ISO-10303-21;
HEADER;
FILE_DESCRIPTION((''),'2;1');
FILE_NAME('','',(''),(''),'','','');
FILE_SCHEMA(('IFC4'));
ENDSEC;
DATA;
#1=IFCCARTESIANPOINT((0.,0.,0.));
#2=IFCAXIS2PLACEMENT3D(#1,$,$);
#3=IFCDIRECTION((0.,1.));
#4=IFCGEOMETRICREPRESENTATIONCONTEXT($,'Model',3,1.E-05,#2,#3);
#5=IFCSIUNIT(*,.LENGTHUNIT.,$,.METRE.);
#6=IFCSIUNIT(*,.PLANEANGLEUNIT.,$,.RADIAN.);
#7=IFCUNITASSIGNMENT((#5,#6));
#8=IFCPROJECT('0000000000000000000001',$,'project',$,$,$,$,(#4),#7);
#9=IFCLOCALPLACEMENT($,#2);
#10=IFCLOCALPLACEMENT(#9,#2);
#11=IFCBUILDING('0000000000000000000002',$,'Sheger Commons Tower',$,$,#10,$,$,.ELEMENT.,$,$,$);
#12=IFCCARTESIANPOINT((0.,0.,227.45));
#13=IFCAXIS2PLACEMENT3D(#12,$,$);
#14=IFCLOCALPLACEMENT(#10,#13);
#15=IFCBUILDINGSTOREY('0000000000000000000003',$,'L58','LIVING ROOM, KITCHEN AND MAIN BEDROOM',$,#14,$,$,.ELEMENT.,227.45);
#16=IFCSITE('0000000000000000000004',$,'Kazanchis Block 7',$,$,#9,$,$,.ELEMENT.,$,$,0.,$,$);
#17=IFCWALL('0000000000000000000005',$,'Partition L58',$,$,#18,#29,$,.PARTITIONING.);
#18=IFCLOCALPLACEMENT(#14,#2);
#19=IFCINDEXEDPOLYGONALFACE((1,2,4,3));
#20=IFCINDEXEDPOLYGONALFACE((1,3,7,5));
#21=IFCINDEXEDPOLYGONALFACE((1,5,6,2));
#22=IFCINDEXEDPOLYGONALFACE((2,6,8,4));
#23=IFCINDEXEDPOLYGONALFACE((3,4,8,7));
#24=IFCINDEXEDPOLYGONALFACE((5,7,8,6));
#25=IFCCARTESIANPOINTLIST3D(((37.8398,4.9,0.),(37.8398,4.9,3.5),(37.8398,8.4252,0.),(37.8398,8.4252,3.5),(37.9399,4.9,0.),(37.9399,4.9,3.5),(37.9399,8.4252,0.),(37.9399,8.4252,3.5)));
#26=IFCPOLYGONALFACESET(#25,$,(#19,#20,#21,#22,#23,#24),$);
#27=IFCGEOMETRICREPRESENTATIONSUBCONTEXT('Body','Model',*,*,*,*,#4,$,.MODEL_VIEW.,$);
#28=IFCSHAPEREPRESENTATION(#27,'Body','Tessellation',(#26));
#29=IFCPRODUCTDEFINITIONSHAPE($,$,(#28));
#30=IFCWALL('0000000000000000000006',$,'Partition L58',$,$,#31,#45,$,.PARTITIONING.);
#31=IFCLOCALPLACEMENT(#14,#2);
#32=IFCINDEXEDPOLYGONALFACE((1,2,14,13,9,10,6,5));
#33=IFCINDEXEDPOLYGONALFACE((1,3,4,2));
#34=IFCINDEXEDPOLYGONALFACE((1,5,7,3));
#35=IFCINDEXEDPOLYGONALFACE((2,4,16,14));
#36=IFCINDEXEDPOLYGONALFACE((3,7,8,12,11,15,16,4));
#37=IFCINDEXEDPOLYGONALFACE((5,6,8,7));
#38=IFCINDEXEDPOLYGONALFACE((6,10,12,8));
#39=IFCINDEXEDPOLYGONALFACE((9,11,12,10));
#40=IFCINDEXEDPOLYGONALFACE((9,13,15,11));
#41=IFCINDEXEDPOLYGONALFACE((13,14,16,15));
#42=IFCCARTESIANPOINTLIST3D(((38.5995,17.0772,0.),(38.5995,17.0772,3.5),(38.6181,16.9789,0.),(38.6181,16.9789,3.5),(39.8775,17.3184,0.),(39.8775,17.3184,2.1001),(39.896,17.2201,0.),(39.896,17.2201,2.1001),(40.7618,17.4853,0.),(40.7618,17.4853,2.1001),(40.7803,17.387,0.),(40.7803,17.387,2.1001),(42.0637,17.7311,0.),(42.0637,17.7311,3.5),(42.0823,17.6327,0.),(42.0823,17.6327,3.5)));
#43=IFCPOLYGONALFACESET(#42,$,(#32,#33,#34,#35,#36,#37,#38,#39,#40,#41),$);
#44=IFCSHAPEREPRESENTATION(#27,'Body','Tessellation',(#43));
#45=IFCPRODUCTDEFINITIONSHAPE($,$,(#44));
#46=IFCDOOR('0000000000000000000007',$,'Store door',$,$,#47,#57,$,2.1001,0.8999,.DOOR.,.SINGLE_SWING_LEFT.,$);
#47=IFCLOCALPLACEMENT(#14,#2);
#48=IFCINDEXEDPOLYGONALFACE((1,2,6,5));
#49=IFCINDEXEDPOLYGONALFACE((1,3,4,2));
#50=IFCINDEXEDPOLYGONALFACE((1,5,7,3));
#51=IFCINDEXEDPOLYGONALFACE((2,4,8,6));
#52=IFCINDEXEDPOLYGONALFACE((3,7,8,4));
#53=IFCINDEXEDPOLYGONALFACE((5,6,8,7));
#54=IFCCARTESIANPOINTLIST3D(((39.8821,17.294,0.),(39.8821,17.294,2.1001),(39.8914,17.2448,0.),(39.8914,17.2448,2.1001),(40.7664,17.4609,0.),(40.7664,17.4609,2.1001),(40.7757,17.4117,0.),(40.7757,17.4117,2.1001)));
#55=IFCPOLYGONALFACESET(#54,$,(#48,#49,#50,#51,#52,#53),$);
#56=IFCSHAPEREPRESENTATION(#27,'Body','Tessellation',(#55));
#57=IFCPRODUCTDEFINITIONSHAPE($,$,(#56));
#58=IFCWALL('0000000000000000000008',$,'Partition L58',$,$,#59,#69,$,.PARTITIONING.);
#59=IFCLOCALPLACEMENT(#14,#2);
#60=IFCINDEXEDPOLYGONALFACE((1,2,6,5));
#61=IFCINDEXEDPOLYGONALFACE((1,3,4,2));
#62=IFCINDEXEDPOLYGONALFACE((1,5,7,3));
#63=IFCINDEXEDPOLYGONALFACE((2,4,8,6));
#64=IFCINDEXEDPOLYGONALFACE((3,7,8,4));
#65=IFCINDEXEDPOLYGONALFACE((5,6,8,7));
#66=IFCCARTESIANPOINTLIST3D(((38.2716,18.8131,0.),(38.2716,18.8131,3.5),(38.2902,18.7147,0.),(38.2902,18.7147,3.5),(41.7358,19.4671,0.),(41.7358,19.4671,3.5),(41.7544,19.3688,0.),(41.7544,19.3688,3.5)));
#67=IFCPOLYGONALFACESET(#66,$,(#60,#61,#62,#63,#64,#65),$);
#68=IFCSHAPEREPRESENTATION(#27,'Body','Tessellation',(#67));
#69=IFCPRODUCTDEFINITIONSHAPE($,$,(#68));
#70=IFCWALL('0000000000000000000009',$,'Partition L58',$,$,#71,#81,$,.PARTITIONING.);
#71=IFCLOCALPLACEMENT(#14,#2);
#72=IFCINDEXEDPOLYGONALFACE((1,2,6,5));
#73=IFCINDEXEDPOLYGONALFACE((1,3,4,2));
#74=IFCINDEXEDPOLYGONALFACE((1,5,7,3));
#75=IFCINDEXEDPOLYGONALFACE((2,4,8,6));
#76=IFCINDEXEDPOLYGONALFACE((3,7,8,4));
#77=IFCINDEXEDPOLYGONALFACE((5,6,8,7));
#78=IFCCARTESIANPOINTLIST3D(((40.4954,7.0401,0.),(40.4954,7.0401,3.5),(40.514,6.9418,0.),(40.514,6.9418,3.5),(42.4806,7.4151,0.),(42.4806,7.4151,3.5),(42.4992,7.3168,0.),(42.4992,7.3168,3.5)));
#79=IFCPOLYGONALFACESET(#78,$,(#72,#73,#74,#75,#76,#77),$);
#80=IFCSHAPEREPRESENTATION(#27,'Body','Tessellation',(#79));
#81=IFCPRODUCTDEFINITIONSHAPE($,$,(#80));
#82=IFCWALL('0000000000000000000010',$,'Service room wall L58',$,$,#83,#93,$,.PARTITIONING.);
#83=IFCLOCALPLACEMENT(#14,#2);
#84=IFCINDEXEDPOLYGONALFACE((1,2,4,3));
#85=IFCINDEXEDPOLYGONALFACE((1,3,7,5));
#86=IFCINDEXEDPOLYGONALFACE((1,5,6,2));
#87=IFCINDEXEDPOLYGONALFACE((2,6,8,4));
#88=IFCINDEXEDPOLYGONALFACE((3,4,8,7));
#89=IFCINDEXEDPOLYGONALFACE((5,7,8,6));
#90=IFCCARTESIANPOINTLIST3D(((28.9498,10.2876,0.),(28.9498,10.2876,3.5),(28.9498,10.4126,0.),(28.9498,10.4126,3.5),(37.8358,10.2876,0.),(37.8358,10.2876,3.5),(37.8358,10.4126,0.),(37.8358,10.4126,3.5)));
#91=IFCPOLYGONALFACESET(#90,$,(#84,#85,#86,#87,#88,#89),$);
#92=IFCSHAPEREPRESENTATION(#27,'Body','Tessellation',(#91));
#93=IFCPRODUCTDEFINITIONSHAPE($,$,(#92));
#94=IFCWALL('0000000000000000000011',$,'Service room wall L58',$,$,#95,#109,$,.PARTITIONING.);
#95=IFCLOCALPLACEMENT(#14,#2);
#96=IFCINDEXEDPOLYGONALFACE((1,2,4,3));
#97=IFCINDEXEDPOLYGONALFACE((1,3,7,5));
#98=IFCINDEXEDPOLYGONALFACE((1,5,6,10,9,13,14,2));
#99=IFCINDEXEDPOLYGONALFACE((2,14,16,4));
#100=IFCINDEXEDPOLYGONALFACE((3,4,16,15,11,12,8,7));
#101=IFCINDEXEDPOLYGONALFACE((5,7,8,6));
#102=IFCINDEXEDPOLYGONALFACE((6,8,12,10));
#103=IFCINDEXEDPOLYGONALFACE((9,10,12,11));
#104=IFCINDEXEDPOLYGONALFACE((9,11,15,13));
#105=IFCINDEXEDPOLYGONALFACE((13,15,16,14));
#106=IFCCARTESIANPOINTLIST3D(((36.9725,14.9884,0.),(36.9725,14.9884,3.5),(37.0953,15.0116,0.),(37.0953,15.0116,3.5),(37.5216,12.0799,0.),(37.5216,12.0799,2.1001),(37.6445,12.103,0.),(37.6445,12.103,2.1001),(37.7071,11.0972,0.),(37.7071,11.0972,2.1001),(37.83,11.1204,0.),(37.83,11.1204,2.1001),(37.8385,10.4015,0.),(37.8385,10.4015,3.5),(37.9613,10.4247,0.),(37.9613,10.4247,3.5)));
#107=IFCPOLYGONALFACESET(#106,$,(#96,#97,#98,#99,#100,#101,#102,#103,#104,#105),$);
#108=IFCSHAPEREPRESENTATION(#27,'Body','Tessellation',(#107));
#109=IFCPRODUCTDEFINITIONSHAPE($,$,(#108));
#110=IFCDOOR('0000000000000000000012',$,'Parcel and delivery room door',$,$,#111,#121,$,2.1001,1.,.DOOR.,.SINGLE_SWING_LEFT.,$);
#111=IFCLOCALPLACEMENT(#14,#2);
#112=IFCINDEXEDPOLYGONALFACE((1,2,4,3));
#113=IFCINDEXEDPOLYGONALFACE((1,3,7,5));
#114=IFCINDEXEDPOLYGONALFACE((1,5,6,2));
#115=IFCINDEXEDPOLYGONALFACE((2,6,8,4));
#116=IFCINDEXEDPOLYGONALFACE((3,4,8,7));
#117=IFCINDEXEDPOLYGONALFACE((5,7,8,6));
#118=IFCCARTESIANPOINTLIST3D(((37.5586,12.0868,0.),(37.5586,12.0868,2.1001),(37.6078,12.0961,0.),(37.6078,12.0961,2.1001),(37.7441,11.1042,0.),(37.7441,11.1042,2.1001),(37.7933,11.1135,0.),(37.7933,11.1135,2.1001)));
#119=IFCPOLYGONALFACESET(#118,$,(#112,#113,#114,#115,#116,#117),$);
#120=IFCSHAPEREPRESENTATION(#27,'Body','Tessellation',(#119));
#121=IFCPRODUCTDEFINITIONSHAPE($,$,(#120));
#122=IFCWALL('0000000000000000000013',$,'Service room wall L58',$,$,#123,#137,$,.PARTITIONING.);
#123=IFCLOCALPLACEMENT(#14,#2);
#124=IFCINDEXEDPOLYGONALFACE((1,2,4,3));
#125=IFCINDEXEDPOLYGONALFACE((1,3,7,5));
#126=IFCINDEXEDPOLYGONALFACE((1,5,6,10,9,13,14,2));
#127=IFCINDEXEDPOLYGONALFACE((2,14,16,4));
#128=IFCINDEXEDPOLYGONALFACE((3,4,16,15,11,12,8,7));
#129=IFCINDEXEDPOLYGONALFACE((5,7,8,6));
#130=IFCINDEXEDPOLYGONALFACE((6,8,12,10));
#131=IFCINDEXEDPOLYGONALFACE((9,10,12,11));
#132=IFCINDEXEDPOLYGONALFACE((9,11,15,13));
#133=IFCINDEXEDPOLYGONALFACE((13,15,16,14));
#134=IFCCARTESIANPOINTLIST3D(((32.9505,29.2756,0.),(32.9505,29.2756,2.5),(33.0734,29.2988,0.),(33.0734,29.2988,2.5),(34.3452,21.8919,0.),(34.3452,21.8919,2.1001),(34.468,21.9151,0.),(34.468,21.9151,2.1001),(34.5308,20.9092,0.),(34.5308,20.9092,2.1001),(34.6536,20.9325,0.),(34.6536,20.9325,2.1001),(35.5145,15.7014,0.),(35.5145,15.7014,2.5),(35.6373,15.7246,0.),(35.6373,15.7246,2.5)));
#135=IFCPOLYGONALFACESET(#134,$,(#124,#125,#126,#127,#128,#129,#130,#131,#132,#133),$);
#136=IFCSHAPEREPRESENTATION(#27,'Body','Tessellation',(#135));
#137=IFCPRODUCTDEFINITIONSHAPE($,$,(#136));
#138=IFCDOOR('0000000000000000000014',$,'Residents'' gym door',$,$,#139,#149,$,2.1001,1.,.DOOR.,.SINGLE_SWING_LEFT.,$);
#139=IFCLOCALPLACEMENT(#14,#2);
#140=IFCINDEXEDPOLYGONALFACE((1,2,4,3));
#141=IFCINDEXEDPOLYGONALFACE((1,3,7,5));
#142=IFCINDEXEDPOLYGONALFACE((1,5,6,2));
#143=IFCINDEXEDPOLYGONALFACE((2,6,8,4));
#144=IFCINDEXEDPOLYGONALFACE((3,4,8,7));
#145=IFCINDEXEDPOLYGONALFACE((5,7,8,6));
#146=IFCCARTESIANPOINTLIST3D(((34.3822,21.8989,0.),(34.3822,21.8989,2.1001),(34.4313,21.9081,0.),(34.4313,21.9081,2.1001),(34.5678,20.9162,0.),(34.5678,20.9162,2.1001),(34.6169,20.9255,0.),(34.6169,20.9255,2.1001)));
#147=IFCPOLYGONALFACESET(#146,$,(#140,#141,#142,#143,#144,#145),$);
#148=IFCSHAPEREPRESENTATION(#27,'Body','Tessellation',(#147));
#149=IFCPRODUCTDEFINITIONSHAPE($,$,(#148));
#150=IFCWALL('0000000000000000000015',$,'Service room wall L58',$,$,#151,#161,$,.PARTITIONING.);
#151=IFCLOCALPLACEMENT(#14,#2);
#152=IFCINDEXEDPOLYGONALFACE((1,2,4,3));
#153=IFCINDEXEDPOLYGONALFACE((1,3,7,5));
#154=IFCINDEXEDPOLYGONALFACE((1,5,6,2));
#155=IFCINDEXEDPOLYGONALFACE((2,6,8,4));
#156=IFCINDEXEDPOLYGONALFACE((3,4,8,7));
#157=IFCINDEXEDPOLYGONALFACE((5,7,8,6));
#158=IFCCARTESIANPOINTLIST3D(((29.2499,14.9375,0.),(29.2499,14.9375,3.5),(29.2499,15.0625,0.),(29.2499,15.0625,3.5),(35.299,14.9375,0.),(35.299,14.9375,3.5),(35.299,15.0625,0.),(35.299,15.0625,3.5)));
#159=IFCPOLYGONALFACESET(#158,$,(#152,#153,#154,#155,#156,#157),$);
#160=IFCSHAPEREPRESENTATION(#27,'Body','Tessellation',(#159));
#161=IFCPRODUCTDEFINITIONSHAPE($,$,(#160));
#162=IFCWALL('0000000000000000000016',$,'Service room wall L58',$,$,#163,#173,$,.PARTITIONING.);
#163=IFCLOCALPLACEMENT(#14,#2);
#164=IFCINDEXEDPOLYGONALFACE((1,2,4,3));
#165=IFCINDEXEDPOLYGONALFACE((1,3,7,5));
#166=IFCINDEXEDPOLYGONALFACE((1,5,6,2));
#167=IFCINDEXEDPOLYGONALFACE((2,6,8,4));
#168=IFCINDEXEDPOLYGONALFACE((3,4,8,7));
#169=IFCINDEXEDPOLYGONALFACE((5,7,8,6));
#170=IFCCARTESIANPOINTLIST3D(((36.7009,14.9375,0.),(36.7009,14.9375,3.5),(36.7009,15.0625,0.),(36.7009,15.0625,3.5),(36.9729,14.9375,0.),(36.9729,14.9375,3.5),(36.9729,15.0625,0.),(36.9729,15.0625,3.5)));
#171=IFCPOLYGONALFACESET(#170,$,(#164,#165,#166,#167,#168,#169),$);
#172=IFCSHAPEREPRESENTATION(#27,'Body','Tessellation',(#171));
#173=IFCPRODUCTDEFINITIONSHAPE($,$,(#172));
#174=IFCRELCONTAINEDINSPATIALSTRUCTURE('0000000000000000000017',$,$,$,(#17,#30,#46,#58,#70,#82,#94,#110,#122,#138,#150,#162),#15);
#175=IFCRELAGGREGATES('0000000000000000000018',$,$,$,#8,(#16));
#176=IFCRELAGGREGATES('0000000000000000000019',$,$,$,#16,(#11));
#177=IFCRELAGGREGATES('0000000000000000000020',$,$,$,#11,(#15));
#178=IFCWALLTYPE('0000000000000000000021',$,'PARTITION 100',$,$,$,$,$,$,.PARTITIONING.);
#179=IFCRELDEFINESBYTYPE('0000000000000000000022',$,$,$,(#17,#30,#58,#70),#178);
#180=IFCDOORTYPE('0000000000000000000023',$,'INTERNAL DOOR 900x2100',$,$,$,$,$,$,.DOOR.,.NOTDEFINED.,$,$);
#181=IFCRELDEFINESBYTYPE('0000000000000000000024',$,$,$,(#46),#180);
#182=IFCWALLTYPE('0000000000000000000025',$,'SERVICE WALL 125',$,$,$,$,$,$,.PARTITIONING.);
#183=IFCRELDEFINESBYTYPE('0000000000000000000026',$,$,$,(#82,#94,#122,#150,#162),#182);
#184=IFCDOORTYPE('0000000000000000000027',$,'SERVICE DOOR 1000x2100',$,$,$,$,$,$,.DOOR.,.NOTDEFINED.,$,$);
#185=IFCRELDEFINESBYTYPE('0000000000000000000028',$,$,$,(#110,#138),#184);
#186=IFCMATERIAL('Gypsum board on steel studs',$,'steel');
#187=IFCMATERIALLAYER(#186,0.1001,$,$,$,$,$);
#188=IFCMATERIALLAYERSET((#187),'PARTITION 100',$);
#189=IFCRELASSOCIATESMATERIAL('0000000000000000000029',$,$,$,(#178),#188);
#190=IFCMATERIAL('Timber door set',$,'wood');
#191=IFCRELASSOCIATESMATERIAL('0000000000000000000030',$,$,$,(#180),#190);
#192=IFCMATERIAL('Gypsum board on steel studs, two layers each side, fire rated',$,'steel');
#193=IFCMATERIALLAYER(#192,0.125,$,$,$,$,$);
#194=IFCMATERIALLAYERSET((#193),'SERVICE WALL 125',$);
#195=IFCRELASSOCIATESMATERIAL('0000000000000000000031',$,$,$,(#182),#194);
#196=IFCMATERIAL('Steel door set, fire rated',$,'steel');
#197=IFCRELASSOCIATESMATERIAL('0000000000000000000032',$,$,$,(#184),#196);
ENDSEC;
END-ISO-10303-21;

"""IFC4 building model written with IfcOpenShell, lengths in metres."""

from ifc_helpers import new_model, si_unit, direction, frame, frame_2d, origin, place, context, subcontext, project, spatial, rectangle, extrude, material, layer, layer_set, type_object, element, fill, save


model = new_model("IFC4")

# Units and contexts
model_context = context("Model", 3, precision=1e-05, world=origin(), true_north=direction((0.0, 1.0)))
body_context = subcontext(model_context, "Body", "Model", "MODEL_VIEW")
ifc_project = project(units=[si_unit("LENGTHUNIT", "METRE"), si_unit("PLANEANGLEUNIT", "RADIAN")], contexts=[model_context])

# Site, building, storey
site_placement = place(None, origin())
site = spatial("IfcSite", under=ifc_project, at=site_placement, Name="Kazanchis Block 7", CompositionType="ELEMENT", RefElevation=0.0)
building_placement = place(site_placement, origin())
building = spatial("IfcBuilding", under=site, at=building_placement, Name="Sheger Commons Tower", CompositionType="ELEMENT")
storey_placement = place(building_placement, frame((0.0, 0.0, 227.45)))
storey = spatial("IfcBuildingStorey", under=building, at=storey_placement, Name="L58", Description="LIVING ROOM, KITCHEN AND MAIN BEDROOM", CompositionType="ELEMENT", Elevation=227.45)

# Wall
ifc_material_1 = material(Name="Gypsum board on steel studs", Category="steel")
ifc_layer_1 = layer(ifc_material_1, 0.1001)
ifc_layer_set_1 = layer_set([ifc_layer_1], Name="PARTITION 100")
wall_type_1 = type_object("IfcWallType", Name="PARTITION 100", PredefinedType="PARTITIONING", material=ifc_layer_set_1)
for number, where, z_axis, x_axis, name in (
    (1, (37.8899, 4.8999, 0.0), (0.0, 0.0, 1.0), (0.0, 1.0, 0.0), "Partition L58"),
):
    element("IfcWall", number, at=place(storey_placement, frame(where, z_axis=z_axis, x_axis=x_axis)), inside=storey, type_object=wall_type_1, Name=name, PredefinedType="PARTITIONING", context=body_context, shape_type="SweptSolid", body=[
        extrude(rectangle(XDim=3.5251, YDim=0.1001, at=frame_2d((1.7627, 0.0))), origin(), (0.0, 0.0, 1.0), 3.5),
    ])

# Wall, opening, door
wall_1_placement = place(storey_placement, frame((42.073, 17.6819, 0.0), z_axis=(0.0, 0.0, 1.0), x_axis=(-0.982651, -0.185463, 0.0)))
wall_1 = element("IfcWall", 2, at=wall_1_placement, inside=storey, type_object=wall_type_1, Name="Partition L58", PredefinedType="PARTITIONING", context=body_context, shape_type="SweptSolid", body=[
    extrude(rectangle(XDim=3.5254, YDim=0.1001, at=frame_2d((1.7627, 0.0))), origin(), (0.0, 0.0, 1.0), 3.5),
])
opening_1_placement = place(wall_1_placement, frame((1.325, 0.0, 0.0)))
opening_1 = element("IfcOpeningElement", 3, at=opening_1_placement, cuts=wall_1, PredefinedType="OPENING", context=body_context, shape_type="SweptSolid", body=[
    extrude(rectangle(XDim=0.8999, YDim=2.1001, at=frame_2d((0.45, 1.05))), frame((0.0, 0.0601, 0.0), z_axis=(0.0, -1.0, 0.0), x_axis=(1.0, 0.0, 0.0)), (0.0, 0.0, 1.0), 0.1201),
])
ifc_material_2 = material(Name="Timber door set", Category="wood")
door_type_1 = type_object("IfcDoorType", Name="INTERNAL DOOR 900x2100", OperationType="NOTDEFINED", PredefinedType="DOOR", material=ifc_material_2)
door_1_placement = place(opening_1_placement, origin())
door_1 = element("IfcDoor", 4, at=door_1_placement, inside=storey, type_object=door_type_1, Name="Store door", OperationType="SINGLE_SWING_LEFT", OverallHeight=2.1001, OverallWidth=0.8999, PredefinedType="DOOR", context=body_context, shape_type="SweptSolid", body=[
    extrude(rectangle(XDim=0.8999, YDim=2.1001, at=frame_2d((0.45, 1.05))), frame((0.0, 0.0249, 0.0), z_axis=(0.0, -1.0, 0.0), x_axis=(1.0, 0.0, 0.0)), (0.0, 0.0, 1.0), 0.05),
])
fill(opening_1, door_1)

# Walls
wall_2_placement = place(storey_placement, frame((41.7451, 19.418, 0.0), z_axis=(0.0, 0.0, 1.0), x_axis=(-0.982639, -0.18553, 0.0)))
element("IfcWall", 5, at=wall_2_placement, inside=storey, type_object=wall_type_1, Name="Partition L58", PredefinedType="PARTITIONING", context=body_context, shape_type="SweptSolid", body=[
    extrude(rectangle(XDim=3.5254, YDim=0.1001, at=frame_2d((1.7627, 0.0))), origin(), (0.0, 0.0, 1.0), 3.5),
])
wall_3_placement = place(storey_placement, frame((42.49, 7.366, 0.0), z_axis=(0.0, 0.0, 1.0), x_axis=(-0.982621, -0.185624, 0.0)))
element("IfcWall", 6, at=wall_3_placement, inside=storey, type_object=wall_type_1, Name="Partition L58", PredefinedType="PARTITIONING", context=body_context, shape_type="SweptSolid", body=[
    extrude(rectangle(XDim=2.0203, YDim=0.1001, at=frame_2d((1.0103, 0.0))), origin(), (0.0, 0.0, 1.0), 3.5),
])
ifc_material_3 = material(Name="Gypsum board on steel studs, two layers each side, fire rated", Category="steel")
ifc_layer_2 = layer(ifc_material_3, 0.125)
ifc_layer_set_2 = layer_set([ifc_layer_2], Name="SERVICE WALL 125")
wall_type_2 = type_object("IfcWallType", Name="SERVICE WALL 125", PredefinedType="PARTITIONING", material=ifc_layer_set_2)
wall_4_placement = place(storey_placement, frame((28.95, 10.3501, 0.0), z_axis=(0.0, 0.0, 1.0), x_axis=(1.0, 0.0, 0.0)))
element("IfcWall", 7, at=wall_4_placement, inside=storey, type_object=wall_type_2, Name="Service room wall L58", PredefinedType="PARTITIONING", context=body_context, shape_type="SweptSolid", body=[
    extrude(rectangle(XDim=8.886, YDim=0.125, at=frame_2d((4.4429, 0.0))), origin(), (0.0, 0.0, 1.0), 3.5),
])

# Walls, openings, doors
wall_5_placement = place(storey_placement, frame((37.8999, 10.4131, 0.0), z_axis=(0.0, 0.0, 1.0), x_axis=(-0.185514, 0.982642, 0.0)))
wall_5 = element("IfcWall", 8, at=wall_5_placement, inside=storey, type_object=wall_type_2, Name="Service room wall L58", PredefinedType="PARTITIONING", context=body_context, shape_type="SweptSolid", body=[
    extrude(rectangle(XDim=4.668, YDim=0.125, at=frame_2d((2.334, 0.0))), origin(), (0.0, 0.0, 1.0), 3.5),
])
opening_2_placement = place(wall_5_placement, frame((0.708, 0.0, 0.0)))
opening_2 = element("IfcOpeningElement", 9, at=opening_2_placement, cuts=wall_5, PredefinedType="OPENING", context=body_context, shape_type="SweptSolid", body=[
    extrude(rectangle(XDim=1.0, YDim=2.1001, at=frame_2d((0.5, 1.05))), frame((0.0, 0.0725, 0.0), z_axis=(0.0, -1.0, 0.0), x_axis=(1.0, 0.0, 0.0)), (0.0, 0.0, 1.0), 0.145),
])
ifc_material_4 = material(Name="Steel door set, fire rated", Category="steel")
door_type_2 = type_object("IfcDoorType", Name="SERVICE DOOR 1000x2100", OperationType="NOTDEFINED", PredefinedType="DOOR", material=ifc_material_4)
door_2_placement = place(opening_2_placement, origin())
door_2 = element("IfcDoor", 10, at=door_2_placement, inside=storey, type_object=door_type_2, Name="Parcel and delivery room door", OperationType="SINGLE_SWING_LEFT", OverallHeight=2.1001, OverallWidth=1.0, PredefinedType="DOOR", context=body_context, shape_type="SweptSolid", body=[
    extrude(rectangle(XDim=1.0, YDim=2.1001, at=frame_2d((0.5, 1.05))), frame((0.0, 0.0249, 0.0), z_axis=(0.0, -1.0, 0.0), x_axis=(1.0, 0.0, 0.0)), (0.0, 0.0, 1.0), 0.05),
])
fill(opening_2, door_2)
wall_6_placement = place(storey_placement, frame((35.5759, 15.7129, 0.0), z_axis=(0.0, 0.0, 1.0), x_axis=(-0.185603, 0.982625, 0.0)))
wall_6 = element("IfcWall", 11, at=wall_6_placement, inside=storey, type_object=wall_type_2, Name="Service room wall L58", PredefinedType="PARTITIONING", context=body_context, shape_type="SweptSolid", body=[
    extrude(rectangle(XDim=13.8142, YDim=0.125, at=frame_2d((6.9072, 0.0))), origin(), (0.0, 0.0, 1.0), 2.5),
])
opening_3_placement = place(wall_6_placement, frame((5.3, 0.0, 0.0)))
opening_3 = element("IfcOpeningElement", 12, at=opening_3_placement, cuts=wall_6, PredefinedType="OPENING", context=body_context, shape_type="SweptSolid", body=[
    extrude(rectangle(XDim=1.0, YDim=2.1001, at=frame_2d((0.5, 1.05))), frame((0.0, 0.0725, 0.0), z_axis=(0.0, -1.0, 0.0), x_axis=(1.0, 0.0, 0.0)), (0.0, 0.0, 1.0), 0.145),
])
door_3_placement = place(opening_3_placement, origin())
door_3 = element("IfcDoor", 13, at=door_3_placement, inside=storey, type_object=door_type_2, Name="Residents' gym door", OperationType="SINGLE_SWING_LEFT", OverallHeight=2.1001, OverallWidth=1.0, PredefinedType="DOOR", context=body_context, shape_type="SweptSolid", body=[
    extrude(rectangle(XDim=1.0, YDim=2.1001, at=frame_2d((0.5, 1.05))), frame((0.0, 0.0249, 0.0), z_axis=(0.0, -1.0, 0.0), x_axis=(1.0, 0.0, 0.0)), (0.0, 0.0, 1.0), 0.05),
])
fill(opening_3, door_3)

# Walls
wall_7_placement = place(storey_placement, frame((29.25, 15.0, 0.0), z_axis=(0.0, 0.0, 1.0), x_axis=(1.0, 0.0, 0.0)))
element("IfcWall", 14, at=wall_7_placement, inside=storey, type_object=wall_type_2, Name="Service room wall L58", PredefinedType="PARTITIONING", context=body_context, shape_type="SweptSolid", body=[
    extrude(rectangle(XDim=6.0491, YDim=0.125, at=frame_2d((3.0244, 0.0))), origin(), (0.0, 0.0, 1.0), 3.5),
])
wall_8_placement = place(storey_placement, frame((36.7009, 15.0, 0.0), z_axis=(0.0, 0.0, 1.0), x_axis=(1.0, 0.0, 0.0)))
element("IfcWall", 15, at=wall_8_placement, inside=storey, type_object=wall_type_2, Name="Service room wall L58", PredefinedType="PARTITIONING", context=body_context, shape_type="SweptSolid", body=[
    extrude(rectangle(XDim=0.272, YDim=0.125, at=frame_2d((0.136, 0.0))), origin(), (0.0, 0.0, 1.0), 3.5),
])

save(model, "model.ifc")
